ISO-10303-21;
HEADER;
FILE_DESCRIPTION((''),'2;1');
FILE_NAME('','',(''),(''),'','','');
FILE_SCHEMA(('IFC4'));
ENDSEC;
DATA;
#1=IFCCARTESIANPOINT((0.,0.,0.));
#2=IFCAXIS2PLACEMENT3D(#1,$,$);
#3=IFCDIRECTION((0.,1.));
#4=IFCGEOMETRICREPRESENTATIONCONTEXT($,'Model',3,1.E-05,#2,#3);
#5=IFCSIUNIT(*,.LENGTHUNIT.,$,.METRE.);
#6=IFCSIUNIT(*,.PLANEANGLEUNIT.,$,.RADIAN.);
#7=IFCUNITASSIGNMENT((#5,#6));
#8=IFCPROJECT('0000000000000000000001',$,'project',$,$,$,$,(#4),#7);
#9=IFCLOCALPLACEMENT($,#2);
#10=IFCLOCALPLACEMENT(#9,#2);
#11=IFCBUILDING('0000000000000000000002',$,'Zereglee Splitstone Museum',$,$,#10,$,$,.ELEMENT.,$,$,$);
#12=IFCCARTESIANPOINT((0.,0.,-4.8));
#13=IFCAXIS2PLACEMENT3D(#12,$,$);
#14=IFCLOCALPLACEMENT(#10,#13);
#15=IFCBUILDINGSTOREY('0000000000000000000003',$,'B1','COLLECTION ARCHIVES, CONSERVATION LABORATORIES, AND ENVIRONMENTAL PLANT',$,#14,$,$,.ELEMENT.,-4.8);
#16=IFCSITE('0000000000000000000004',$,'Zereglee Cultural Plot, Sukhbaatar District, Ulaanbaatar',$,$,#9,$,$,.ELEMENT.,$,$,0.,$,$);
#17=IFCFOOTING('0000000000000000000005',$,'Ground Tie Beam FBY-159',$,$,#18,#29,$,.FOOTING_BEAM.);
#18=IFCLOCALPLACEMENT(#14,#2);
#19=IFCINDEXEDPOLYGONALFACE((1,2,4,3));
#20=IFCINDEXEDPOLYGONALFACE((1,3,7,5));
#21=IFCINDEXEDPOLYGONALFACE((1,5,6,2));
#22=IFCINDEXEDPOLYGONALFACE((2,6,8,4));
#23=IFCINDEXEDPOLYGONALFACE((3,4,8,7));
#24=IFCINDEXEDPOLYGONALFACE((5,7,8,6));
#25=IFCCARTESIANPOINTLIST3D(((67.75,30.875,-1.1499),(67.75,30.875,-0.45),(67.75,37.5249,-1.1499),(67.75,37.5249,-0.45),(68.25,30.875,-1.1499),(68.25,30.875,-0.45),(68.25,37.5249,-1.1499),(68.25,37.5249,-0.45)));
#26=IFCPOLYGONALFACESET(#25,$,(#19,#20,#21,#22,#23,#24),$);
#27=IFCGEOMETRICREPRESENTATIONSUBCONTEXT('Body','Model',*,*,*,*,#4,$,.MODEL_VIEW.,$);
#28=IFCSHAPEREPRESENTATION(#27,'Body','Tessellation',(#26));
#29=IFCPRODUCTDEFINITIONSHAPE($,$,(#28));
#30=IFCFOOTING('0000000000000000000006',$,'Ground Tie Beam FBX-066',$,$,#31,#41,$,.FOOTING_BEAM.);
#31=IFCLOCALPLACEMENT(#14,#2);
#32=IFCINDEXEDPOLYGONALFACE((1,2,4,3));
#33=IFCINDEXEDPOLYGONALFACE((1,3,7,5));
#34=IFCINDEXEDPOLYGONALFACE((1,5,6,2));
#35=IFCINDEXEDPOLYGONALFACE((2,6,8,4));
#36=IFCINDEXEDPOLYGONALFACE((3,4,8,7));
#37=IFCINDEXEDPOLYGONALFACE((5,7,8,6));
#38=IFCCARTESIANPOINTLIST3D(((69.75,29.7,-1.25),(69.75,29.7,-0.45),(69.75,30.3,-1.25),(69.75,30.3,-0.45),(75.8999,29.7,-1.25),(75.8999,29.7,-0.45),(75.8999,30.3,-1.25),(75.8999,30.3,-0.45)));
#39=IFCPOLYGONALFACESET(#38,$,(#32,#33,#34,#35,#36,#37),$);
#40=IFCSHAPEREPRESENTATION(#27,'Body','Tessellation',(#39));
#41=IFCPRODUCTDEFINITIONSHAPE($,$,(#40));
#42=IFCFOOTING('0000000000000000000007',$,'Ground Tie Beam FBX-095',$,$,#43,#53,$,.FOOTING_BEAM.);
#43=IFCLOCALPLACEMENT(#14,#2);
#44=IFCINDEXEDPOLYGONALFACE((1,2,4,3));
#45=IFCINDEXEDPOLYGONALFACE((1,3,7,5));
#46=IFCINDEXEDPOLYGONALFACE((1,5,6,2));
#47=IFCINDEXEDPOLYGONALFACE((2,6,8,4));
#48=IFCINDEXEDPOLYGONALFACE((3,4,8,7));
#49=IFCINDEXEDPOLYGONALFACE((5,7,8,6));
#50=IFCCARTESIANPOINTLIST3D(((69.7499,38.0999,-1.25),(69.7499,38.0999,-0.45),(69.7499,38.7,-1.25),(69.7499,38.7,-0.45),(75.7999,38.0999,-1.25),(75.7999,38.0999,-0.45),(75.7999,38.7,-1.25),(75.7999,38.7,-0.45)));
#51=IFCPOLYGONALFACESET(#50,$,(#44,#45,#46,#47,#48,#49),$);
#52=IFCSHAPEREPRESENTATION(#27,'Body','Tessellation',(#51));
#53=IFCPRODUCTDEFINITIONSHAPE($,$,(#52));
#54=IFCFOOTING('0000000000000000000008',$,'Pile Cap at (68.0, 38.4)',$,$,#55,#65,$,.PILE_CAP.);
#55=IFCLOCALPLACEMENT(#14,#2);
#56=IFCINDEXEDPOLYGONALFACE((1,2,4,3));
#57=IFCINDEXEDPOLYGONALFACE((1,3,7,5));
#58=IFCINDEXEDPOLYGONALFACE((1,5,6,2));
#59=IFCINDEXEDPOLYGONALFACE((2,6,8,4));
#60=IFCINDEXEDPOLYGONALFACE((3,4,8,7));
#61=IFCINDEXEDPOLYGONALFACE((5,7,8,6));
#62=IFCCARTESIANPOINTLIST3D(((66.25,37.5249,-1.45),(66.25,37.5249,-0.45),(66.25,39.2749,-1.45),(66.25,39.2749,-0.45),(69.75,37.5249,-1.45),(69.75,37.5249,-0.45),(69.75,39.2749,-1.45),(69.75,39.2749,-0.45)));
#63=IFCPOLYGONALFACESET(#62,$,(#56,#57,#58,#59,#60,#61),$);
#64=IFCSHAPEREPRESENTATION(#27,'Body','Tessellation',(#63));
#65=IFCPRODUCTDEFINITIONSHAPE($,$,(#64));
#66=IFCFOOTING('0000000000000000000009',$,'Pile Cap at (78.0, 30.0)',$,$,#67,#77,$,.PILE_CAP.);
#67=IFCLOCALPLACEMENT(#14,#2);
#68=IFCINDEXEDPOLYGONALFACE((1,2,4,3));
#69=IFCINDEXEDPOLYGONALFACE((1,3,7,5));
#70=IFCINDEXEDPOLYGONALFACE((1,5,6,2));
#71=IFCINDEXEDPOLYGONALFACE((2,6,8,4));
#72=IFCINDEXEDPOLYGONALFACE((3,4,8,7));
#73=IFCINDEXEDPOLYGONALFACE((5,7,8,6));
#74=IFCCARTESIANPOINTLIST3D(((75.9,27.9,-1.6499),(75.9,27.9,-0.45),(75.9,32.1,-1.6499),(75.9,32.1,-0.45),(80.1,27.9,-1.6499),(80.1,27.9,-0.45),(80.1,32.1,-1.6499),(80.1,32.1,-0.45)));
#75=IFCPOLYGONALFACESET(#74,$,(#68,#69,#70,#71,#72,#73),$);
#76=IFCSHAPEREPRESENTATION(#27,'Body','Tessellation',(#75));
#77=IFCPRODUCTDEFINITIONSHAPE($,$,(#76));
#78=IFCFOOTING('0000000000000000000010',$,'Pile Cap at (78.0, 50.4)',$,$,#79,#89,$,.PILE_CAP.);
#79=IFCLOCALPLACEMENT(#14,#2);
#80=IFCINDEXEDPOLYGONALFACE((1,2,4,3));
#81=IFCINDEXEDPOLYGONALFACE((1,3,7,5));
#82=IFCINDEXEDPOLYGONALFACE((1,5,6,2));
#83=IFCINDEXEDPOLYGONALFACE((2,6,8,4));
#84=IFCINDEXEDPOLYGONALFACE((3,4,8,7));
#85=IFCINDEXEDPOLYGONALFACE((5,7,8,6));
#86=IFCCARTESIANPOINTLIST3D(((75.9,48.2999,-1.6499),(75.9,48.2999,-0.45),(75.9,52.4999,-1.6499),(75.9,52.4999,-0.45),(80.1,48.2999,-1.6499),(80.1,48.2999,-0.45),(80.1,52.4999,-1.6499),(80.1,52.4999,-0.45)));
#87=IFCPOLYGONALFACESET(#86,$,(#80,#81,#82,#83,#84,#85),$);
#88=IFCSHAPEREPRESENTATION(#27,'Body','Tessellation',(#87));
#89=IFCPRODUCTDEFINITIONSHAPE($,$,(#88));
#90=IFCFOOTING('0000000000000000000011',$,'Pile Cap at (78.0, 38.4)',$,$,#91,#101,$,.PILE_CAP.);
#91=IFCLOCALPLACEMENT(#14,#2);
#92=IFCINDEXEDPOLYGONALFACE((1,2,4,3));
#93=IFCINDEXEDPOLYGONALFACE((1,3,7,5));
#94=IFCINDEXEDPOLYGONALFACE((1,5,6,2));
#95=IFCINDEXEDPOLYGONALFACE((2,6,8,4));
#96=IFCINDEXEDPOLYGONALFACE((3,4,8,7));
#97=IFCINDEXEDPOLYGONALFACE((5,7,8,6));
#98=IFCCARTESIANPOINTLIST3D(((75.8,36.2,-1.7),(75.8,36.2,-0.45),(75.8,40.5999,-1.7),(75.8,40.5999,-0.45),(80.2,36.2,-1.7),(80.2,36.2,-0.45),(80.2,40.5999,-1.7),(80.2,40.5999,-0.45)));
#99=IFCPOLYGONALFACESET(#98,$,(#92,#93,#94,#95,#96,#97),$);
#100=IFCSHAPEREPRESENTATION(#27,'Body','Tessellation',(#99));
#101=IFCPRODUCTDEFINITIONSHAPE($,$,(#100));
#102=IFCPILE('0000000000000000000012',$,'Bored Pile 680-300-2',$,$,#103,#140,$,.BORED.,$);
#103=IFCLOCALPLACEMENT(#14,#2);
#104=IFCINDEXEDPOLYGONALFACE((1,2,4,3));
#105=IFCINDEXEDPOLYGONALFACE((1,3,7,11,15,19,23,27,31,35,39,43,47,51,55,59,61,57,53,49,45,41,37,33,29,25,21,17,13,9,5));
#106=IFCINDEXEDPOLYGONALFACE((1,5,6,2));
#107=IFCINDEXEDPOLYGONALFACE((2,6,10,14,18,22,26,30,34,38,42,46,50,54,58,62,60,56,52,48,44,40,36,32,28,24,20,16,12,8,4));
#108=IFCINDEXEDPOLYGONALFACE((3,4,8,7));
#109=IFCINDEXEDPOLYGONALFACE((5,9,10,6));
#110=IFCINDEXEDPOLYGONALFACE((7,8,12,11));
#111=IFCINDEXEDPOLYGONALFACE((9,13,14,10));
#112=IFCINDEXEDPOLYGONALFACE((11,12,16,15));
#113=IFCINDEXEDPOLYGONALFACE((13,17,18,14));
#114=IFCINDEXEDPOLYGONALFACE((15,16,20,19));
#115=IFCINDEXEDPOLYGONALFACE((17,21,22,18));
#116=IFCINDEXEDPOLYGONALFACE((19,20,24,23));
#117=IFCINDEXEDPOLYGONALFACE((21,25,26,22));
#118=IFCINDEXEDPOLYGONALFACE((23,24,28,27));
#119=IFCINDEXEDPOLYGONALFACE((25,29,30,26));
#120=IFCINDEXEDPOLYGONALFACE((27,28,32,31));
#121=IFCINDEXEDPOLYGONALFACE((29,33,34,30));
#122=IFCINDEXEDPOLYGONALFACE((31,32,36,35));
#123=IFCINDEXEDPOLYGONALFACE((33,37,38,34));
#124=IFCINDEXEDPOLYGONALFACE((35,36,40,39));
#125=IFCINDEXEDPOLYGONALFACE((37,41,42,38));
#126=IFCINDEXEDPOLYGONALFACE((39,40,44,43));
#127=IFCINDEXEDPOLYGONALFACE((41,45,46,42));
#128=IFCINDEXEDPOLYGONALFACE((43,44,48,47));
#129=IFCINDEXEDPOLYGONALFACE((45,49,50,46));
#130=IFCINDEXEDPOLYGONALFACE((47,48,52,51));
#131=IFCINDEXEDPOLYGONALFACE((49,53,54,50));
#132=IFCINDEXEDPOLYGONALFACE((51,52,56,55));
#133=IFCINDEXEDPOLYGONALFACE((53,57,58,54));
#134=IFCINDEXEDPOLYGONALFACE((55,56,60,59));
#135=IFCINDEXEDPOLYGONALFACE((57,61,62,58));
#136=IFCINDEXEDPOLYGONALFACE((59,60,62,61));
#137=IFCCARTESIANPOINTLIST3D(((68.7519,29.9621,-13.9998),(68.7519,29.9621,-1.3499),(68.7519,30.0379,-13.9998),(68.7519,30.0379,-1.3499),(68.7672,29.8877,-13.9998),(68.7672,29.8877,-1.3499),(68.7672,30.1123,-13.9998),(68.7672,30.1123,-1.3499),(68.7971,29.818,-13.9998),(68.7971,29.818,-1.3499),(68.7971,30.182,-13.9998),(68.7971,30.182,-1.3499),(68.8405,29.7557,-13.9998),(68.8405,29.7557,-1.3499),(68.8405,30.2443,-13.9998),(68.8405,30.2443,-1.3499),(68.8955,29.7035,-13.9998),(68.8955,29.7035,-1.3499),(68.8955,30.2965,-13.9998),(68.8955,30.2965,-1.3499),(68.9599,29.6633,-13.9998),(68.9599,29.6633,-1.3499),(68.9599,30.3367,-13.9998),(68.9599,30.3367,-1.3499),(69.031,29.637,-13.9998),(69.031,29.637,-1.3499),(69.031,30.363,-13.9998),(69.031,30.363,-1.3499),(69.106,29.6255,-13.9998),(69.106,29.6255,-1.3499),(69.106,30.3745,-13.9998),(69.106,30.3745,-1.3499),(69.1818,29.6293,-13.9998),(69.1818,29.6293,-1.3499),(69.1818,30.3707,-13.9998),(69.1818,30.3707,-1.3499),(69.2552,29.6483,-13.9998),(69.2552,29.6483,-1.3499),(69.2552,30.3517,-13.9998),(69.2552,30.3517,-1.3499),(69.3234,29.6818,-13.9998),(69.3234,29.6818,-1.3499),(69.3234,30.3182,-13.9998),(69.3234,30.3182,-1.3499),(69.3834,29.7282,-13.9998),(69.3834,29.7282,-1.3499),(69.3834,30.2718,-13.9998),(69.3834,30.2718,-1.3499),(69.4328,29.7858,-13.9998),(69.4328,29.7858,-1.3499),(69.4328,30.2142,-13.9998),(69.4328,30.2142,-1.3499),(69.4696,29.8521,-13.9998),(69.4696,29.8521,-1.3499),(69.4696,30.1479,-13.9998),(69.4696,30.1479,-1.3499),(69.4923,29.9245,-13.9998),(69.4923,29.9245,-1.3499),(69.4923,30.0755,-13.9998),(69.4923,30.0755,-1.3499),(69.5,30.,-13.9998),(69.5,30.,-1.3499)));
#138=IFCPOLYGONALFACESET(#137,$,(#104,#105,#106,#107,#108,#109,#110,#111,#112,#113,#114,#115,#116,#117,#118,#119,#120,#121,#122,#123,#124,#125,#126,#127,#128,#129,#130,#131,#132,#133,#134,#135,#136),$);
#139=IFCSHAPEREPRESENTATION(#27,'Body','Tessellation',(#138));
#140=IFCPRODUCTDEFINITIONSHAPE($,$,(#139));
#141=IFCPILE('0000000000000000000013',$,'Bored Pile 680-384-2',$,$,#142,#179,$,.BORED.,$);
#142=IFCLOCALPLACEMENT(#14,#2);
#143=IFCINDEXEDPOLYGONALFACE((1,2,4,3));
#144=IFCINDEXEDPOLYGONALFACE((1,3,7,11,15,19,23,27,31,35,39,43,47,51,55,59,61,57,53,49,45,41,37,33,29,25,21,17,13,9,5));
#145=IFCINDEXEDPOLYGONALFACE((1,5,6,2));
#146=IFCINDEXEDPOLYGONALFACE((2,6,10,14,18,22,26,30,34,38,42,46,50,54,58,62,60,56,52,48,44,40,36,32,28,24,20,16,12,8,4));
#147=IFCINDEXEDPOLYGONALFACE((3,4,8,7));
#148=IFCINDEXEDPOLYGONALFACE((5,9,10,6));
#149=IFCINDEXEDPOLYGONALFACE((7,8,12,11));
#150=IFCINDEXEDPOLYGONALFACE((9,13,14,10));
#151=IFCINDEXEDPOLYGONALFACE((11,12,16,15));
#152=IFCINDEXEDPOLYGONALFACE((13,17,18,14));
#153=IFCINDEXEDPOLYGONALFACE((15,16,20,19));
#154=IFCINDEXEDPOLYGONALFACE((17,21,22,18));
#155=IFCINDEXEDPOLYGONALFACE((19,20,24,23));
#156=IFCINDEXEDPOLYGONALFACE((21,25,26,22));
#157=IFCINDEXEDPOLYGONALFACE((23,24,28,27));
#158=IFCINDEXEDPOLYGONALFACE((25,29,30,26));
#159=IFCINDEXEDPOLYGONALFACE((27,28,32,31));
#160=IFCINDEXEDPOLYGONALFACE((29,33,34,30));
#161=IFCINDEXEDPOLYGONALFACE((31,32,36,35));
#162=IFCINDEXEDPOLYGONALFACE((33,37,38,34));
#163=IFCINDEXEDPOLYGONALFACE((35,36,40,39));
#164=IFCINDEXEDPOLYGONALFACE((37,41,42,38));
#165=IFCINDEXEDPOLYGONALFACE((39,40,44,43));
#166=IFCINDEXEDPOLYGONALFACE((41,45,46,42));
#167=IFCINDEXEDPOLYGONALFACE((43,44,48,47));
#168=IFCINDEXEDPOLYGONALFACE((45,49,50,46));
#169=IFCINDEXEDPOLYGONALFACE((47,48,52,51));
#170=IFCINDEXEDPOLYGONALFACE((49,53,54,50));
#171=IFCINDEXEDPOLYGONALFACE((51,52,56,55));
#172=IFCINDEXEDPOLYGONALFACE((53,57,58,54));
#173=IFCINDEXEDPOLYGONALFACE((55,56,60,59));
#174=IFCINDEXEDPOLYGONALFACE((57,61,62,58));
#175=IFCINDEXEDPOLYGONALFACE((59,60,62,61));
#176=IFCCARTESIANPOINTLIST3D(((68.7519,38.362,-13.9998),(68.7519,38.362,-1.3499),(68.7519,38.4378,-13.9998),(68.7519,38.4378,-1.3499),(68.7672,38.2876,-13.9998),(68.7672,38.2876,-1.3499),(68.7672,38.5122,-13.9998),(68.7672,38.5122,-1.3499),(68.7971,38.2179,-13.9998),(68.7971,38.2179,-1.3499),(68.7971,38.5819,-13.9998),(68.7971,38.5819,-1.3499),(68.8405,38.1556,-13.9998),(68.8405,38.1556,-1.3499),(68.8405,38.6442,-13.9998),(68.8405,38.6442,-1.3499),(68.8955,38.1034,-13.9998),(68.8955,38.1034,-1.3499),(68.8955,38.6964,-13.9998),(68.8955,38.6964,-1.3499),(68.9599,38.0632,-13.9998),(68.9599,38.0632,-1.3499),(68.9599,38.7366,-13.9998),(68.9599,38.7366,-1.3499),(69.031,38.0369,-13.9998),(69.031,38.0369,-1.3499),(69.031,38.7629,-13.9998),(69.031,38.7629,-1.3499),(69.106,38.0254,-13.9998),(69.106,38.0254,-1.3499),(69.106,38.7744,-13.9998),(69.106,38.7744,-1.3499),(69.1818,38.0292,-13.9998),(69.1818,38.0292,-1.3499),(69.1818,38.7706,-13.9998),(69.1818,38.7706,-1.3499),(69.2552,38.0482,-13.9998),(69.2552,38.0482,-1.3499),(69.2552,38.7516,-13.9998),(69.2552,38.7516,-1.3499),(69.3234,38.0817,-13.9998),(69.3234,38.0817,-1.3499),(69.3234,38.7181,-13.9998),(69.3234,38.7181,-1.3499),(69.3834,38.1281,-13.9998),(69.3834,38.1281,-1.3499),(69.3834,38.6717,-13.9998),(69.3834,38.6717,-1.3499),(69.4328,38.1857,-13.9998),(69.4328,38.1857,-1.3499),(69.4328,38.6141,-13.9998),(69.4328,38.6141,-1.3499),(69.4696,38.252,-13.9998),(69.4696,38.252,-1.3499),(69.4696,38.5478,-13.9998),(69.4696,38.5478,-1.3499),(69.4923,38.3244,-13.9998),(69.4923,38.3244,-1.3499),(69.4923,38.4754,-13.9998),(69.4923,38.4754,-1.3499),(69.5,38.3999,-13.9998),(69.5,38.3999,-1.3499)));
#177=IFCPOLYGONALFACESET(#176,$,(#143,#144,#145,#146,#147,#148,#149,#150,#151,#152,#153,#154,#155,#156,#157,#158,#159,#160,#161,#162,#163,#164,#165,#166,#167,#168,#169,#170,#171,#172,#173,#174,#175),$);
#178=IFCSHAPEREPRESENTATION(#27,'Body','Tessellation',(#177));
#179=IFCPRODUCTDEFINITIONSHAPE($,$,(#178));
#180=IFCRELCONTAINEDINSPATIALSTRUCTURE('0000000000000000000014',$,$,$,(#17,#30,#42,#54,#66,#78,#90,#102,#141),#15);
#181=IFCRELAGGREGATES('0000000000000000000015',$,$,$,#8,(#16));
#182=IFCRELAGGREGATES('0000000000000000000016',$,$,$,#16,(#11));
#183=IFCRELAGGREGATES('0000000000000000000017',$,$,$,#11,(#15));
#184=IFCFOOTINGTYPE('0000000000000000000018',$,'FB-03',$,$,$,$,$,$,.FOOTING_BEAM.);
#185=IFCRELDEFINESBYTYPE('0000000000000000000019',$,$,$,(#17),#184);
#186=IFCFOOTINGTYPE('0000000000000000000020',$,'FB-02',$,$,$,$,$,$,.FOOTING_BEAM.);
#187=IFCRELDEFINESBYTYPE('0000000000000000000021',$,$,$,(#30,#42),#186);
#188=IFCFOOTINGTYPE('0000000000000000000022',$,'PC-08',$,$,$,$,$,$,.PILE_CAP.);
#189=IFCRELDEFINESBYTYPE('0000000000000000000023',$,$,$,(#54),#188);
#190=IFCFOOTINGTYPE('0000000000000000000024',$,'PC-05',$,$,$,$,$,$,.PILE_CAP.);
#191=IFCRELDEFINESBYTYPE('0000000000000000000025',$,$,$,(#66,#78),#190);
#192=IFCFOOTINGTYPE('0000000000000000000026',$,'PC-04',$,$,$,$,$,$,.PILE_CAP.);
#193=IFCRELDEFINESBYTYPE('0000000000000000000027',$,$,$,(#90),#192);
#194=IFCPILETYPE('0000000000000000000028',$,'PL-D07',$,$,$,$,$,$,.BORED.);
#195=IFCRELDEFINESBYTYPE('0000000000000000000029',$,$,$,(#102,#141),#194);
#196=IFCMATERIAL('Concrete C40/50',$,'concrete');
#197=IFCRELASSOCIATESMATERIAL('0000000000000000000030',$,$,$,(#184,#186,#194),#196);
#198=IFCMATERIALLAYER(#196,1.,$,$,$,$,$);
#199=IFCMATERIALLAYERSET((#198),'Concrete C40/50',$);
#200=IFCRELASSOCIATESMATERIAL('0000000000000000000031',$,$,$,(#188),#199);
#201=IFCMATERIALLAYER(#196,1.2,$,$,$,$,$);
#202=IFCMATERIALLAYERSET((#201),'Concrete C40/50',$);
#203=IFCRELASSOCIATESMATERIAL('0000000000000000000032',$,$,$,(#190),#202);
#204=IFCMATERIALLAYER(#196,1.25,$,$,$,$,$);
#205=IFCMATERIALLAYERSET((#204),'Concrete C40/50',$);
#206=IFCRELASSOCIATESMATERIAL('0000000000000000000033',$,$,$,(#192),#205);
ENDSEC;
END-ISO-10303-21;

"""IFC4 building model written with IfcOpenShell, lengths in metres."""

from ifc_helpers import new_model, si_unit, direction, frame, origin, origin_2d, place, context, subcontext, project, spatial, rectangle, circle, extrude, material, layer, layer_set, material_profile, profile_set, type_object, element, save


model = new_model("IFC4")

# Units and contexts
model_context = context("Model", 3, precision=1e-05, world=origin(), true_north=direction((0.0, 1.0)))
body_context = subcontext(model_context, "Body", "Model", "MODEL_VIEW")
ifc_project = project(units=[si_unit("LENGTHUNIT", "METRE"), si_unit("PLANEANGLEUNIT", "RADIAN")], contexts=[model_context])

# Site, building, storey
site_placement = place(None, origin())
site = spatial("IfcSite", under=ifc_project, at=site_placement, Name="Zereglee Cultural Plot, Sukhbaatar District, Ulaanbaatar", CompositionType="ELEMENT", RefElevation=0.0)
building_placement = place(site_placement, origin())
building = spatial("IfcBuilding", under=site, at=building_placement, Name="Zereglee Splitstone Museum", CompositionType="ELEMENT")
storey_placement = place(building_placement, frame((0.0, 0.0, -4.8)))
storey = spatial("IfcBuildingStorey", under=building, at=storey_placement, Name="B1", Description="COLLECTION ARCHIVES, CONSERVATION LABORATORIES, AND ENVIRONMENTAL PLANT", CompositionType="ELEMENT", Elevation=-4.8)

# Footings
ifc_material_1 = material(Name="Concrete C40/50", Category="concrete")
footing_type_1 = type_object("IfcFootingType", Name="FB-03", PredefinedType="FOOTING_BEAM", material=ifc_material_1)
footing_1_placement = place(storey_placement, frame((68.0, 34.2, -1.1499), z_axis=(0.0, 0.0, 1.0), x_axis=(0.0, 1.0, 0.0)))
element("IfcFooting", 1, at=footing_1_placement, inside=storey, type_object=footing_type_1, Name="Ground Tie Beam FBY-159", PredefinedType="FOOTING_BEAM", context=body_context, shape_type="SweptSolid", body=[
    extrude(rectangle(XDim=6.6499, YDim=0.5, at=origin_2d()), origin(), (0.0, 0.0, 1.0), 0.7),
])
footing_type_2 = type_object("IfcFootingType", Name="FB-02", PredefinedType="FOOTING_BEAM", material=ifc_material_1)
footing_2_placement = place(storey_placement, frame((72.825, 30.0, -1.25), z_axis=(0.0, 0.0, 1.0), x_axis=(1.0, 0.0, 0.0)))
element("IfcFooting", 2, at=footing_2_placement, inside=storey, type_object=footing_type_2, Name="Ground Tie Beam FBX-066", PredefinedType="FOOTING_BEAM", context=body_context, shape_type="SweptSolid", body=[
    extrude(rectangle(XDim=6.1499, YDim=0.6001, at=origin_2d()), origin(), (0.0, 0.0, 1.0), 0.8),
])
footing_3_placement = place(storey_placement, frame((72.7749, 38.3999, -1.25), z_axis=(0.0, 0.0, 1.0), x_axis=(1.0, 0.0, 0.0)))
element("IfcFooting", 3, at=footing_3_placement, inside=storey, type_object=footing_type_2, Name="Ground Tie Beam FBX-095", PredefinedType="FOOTING_BEAM", context=body_context, shape_type="SweptSolid", body=[
    extrude(rectangle(XDim=6.05, YDim=0.6001, at=origin_2d()), origin(), (0.0, 0.0, 1.0), 0.8),
])
ifc_layer_1 = layer(ifc_material_1, 1.0)
ifc_layer_set_1 = layer_set([ifc_layer_1], Name="Concrete C40/50")
footing_type_3 = type_object("IfcFootingType", Name="PC-08", PredefinedType="PILE_CAP", material=ifc_layer_set_1)
footing_4_placement = place(storey_placement, frame((68.0, 38.3999, -1.45), z_axis=(0.0, 0.0, 1.0), x_axis=(1.0, 0.0, 0.0)))
element("IfcFooting", 4, at=footing_4_placement, inside=storey, type_object=footing_type_3, Name="Pile Cap at (68.0, 38.4)", PredefinedType="PILE_CAP", context=body_context, shape_type="SweptSolid", body=[
    extrude(rectangle(XDim=3.5, YDim=1.75, at=origin_2d()), origin(), (0.0, 0.0, 1.0), 1.0),
])
ifc_layer_2 = layer(ifc_material_1, 1.2)
ifc_layer_set_2 = layer_set([ifc_layer_2], Name="Concrete C40/50")
footing_type_4 = type_object("IfcFootingType", Name="PC-05", PredefinedType="PILE_CAP", material=ifc_layer_set_2)
for number, where, z_axis, x_axis, name in (
    (5, (78.0, 30.0, -1.6499), (0.0, 0.0, 1.0), (1.0, 0.0, 0.0), "Pile Cap at (78.0, 30.0)"),
    (6, (78.0, 50.3999, -1.6499), (0.0, 0.0, 1.0), (1.0, 0.0, 0.0), "Pile Cap at (78.0, 50.4)"),
):
    element("IfcFooting", number, at=place(storey_placement, frame(where, z_axis=z_axis, x_axis=x_axis)), inside=storey, type_object=footing_type_4, Name=name, PredefinedType="PILE_CAP", context=body_context, shape_type="SweptSolid", body=[
        extrude(rectangle(XDim=4.2, YDim=4.2, at=origin_2d()), origin(), (0.0, 0.0, 1.0), 1.2),
    ])
ifc_layer_3 = layer(ifc_material_1, 1.25)
ifc_layer_set_3 = layer_set([ifc_layer_3], Name="Concrete C40/50")
footing_type_5 = type_object("IfcFootingType", Name="PC-04", PredefinedType="PILE_CAP", material=ifc_layer_set_3)
footing_5_placement = place(storey_placement, frame((78.0, 38.3999, -1.7), z_axis=(0.0, 0.0, 1.0), x_axis=(1.0, 0.0, 0.0)))
element("IfcFooting", 7, at=footing_5_placement, inside=storey, type_object=footing_type_5, Name="Pile Cap at (78.0, 38.4)", PredefinedType="PILE_CAP", context=body_context, shape_type="SweptSolid", body=[
    extrude(rectangle(XDim=4.3999, YDim=4.3999, at=origin_2d()), origin(), (0.0, 0.0, 1.0), 1.25),
])

# Piles
ifc_material_profile_1 = material_profile(ifc_material_1, circle(Radius=0.375, at=origin_2d()), Name="PILE D750")
ifc_profile_set_1 = profile_set([ifc_material_profile_1], Name="Concrete C40/50")
pile_type_1 = type_object("IfcPileType", Name="PL-D07", PredefinedType="BORED", material=ifc_profile_set_1)
for number, where, z_axis, x_axis, name in (
    (8, (69.125, 30.0, -1.3499), (0.0, 0.0, -1.0), (1.0, 0.0, 0.0), "Bored Pile 680-300-2"),
    (9, (69.125, 38.3999, -1.3499), (0.0, 0.0, -1.0), (1.0, 0.0, 0.0), "Bored Pile 680-384-2"),
):
    element("IfcPile", number, at=place(storey_placement, frame(where, z_axis=z_axis, x_axis=x_axis)), inside=storey, type_object=pile_type_1, Name=name, PredefinedType="BORED", context=body_context, shape_type="SweptSolid", body=[
        extrude(circle(Radius=0.375, at=origin_2d()), origin(), (0.0, 0.0, 1.0), 12.6499),
    ])

save(model, "model.ifc")
